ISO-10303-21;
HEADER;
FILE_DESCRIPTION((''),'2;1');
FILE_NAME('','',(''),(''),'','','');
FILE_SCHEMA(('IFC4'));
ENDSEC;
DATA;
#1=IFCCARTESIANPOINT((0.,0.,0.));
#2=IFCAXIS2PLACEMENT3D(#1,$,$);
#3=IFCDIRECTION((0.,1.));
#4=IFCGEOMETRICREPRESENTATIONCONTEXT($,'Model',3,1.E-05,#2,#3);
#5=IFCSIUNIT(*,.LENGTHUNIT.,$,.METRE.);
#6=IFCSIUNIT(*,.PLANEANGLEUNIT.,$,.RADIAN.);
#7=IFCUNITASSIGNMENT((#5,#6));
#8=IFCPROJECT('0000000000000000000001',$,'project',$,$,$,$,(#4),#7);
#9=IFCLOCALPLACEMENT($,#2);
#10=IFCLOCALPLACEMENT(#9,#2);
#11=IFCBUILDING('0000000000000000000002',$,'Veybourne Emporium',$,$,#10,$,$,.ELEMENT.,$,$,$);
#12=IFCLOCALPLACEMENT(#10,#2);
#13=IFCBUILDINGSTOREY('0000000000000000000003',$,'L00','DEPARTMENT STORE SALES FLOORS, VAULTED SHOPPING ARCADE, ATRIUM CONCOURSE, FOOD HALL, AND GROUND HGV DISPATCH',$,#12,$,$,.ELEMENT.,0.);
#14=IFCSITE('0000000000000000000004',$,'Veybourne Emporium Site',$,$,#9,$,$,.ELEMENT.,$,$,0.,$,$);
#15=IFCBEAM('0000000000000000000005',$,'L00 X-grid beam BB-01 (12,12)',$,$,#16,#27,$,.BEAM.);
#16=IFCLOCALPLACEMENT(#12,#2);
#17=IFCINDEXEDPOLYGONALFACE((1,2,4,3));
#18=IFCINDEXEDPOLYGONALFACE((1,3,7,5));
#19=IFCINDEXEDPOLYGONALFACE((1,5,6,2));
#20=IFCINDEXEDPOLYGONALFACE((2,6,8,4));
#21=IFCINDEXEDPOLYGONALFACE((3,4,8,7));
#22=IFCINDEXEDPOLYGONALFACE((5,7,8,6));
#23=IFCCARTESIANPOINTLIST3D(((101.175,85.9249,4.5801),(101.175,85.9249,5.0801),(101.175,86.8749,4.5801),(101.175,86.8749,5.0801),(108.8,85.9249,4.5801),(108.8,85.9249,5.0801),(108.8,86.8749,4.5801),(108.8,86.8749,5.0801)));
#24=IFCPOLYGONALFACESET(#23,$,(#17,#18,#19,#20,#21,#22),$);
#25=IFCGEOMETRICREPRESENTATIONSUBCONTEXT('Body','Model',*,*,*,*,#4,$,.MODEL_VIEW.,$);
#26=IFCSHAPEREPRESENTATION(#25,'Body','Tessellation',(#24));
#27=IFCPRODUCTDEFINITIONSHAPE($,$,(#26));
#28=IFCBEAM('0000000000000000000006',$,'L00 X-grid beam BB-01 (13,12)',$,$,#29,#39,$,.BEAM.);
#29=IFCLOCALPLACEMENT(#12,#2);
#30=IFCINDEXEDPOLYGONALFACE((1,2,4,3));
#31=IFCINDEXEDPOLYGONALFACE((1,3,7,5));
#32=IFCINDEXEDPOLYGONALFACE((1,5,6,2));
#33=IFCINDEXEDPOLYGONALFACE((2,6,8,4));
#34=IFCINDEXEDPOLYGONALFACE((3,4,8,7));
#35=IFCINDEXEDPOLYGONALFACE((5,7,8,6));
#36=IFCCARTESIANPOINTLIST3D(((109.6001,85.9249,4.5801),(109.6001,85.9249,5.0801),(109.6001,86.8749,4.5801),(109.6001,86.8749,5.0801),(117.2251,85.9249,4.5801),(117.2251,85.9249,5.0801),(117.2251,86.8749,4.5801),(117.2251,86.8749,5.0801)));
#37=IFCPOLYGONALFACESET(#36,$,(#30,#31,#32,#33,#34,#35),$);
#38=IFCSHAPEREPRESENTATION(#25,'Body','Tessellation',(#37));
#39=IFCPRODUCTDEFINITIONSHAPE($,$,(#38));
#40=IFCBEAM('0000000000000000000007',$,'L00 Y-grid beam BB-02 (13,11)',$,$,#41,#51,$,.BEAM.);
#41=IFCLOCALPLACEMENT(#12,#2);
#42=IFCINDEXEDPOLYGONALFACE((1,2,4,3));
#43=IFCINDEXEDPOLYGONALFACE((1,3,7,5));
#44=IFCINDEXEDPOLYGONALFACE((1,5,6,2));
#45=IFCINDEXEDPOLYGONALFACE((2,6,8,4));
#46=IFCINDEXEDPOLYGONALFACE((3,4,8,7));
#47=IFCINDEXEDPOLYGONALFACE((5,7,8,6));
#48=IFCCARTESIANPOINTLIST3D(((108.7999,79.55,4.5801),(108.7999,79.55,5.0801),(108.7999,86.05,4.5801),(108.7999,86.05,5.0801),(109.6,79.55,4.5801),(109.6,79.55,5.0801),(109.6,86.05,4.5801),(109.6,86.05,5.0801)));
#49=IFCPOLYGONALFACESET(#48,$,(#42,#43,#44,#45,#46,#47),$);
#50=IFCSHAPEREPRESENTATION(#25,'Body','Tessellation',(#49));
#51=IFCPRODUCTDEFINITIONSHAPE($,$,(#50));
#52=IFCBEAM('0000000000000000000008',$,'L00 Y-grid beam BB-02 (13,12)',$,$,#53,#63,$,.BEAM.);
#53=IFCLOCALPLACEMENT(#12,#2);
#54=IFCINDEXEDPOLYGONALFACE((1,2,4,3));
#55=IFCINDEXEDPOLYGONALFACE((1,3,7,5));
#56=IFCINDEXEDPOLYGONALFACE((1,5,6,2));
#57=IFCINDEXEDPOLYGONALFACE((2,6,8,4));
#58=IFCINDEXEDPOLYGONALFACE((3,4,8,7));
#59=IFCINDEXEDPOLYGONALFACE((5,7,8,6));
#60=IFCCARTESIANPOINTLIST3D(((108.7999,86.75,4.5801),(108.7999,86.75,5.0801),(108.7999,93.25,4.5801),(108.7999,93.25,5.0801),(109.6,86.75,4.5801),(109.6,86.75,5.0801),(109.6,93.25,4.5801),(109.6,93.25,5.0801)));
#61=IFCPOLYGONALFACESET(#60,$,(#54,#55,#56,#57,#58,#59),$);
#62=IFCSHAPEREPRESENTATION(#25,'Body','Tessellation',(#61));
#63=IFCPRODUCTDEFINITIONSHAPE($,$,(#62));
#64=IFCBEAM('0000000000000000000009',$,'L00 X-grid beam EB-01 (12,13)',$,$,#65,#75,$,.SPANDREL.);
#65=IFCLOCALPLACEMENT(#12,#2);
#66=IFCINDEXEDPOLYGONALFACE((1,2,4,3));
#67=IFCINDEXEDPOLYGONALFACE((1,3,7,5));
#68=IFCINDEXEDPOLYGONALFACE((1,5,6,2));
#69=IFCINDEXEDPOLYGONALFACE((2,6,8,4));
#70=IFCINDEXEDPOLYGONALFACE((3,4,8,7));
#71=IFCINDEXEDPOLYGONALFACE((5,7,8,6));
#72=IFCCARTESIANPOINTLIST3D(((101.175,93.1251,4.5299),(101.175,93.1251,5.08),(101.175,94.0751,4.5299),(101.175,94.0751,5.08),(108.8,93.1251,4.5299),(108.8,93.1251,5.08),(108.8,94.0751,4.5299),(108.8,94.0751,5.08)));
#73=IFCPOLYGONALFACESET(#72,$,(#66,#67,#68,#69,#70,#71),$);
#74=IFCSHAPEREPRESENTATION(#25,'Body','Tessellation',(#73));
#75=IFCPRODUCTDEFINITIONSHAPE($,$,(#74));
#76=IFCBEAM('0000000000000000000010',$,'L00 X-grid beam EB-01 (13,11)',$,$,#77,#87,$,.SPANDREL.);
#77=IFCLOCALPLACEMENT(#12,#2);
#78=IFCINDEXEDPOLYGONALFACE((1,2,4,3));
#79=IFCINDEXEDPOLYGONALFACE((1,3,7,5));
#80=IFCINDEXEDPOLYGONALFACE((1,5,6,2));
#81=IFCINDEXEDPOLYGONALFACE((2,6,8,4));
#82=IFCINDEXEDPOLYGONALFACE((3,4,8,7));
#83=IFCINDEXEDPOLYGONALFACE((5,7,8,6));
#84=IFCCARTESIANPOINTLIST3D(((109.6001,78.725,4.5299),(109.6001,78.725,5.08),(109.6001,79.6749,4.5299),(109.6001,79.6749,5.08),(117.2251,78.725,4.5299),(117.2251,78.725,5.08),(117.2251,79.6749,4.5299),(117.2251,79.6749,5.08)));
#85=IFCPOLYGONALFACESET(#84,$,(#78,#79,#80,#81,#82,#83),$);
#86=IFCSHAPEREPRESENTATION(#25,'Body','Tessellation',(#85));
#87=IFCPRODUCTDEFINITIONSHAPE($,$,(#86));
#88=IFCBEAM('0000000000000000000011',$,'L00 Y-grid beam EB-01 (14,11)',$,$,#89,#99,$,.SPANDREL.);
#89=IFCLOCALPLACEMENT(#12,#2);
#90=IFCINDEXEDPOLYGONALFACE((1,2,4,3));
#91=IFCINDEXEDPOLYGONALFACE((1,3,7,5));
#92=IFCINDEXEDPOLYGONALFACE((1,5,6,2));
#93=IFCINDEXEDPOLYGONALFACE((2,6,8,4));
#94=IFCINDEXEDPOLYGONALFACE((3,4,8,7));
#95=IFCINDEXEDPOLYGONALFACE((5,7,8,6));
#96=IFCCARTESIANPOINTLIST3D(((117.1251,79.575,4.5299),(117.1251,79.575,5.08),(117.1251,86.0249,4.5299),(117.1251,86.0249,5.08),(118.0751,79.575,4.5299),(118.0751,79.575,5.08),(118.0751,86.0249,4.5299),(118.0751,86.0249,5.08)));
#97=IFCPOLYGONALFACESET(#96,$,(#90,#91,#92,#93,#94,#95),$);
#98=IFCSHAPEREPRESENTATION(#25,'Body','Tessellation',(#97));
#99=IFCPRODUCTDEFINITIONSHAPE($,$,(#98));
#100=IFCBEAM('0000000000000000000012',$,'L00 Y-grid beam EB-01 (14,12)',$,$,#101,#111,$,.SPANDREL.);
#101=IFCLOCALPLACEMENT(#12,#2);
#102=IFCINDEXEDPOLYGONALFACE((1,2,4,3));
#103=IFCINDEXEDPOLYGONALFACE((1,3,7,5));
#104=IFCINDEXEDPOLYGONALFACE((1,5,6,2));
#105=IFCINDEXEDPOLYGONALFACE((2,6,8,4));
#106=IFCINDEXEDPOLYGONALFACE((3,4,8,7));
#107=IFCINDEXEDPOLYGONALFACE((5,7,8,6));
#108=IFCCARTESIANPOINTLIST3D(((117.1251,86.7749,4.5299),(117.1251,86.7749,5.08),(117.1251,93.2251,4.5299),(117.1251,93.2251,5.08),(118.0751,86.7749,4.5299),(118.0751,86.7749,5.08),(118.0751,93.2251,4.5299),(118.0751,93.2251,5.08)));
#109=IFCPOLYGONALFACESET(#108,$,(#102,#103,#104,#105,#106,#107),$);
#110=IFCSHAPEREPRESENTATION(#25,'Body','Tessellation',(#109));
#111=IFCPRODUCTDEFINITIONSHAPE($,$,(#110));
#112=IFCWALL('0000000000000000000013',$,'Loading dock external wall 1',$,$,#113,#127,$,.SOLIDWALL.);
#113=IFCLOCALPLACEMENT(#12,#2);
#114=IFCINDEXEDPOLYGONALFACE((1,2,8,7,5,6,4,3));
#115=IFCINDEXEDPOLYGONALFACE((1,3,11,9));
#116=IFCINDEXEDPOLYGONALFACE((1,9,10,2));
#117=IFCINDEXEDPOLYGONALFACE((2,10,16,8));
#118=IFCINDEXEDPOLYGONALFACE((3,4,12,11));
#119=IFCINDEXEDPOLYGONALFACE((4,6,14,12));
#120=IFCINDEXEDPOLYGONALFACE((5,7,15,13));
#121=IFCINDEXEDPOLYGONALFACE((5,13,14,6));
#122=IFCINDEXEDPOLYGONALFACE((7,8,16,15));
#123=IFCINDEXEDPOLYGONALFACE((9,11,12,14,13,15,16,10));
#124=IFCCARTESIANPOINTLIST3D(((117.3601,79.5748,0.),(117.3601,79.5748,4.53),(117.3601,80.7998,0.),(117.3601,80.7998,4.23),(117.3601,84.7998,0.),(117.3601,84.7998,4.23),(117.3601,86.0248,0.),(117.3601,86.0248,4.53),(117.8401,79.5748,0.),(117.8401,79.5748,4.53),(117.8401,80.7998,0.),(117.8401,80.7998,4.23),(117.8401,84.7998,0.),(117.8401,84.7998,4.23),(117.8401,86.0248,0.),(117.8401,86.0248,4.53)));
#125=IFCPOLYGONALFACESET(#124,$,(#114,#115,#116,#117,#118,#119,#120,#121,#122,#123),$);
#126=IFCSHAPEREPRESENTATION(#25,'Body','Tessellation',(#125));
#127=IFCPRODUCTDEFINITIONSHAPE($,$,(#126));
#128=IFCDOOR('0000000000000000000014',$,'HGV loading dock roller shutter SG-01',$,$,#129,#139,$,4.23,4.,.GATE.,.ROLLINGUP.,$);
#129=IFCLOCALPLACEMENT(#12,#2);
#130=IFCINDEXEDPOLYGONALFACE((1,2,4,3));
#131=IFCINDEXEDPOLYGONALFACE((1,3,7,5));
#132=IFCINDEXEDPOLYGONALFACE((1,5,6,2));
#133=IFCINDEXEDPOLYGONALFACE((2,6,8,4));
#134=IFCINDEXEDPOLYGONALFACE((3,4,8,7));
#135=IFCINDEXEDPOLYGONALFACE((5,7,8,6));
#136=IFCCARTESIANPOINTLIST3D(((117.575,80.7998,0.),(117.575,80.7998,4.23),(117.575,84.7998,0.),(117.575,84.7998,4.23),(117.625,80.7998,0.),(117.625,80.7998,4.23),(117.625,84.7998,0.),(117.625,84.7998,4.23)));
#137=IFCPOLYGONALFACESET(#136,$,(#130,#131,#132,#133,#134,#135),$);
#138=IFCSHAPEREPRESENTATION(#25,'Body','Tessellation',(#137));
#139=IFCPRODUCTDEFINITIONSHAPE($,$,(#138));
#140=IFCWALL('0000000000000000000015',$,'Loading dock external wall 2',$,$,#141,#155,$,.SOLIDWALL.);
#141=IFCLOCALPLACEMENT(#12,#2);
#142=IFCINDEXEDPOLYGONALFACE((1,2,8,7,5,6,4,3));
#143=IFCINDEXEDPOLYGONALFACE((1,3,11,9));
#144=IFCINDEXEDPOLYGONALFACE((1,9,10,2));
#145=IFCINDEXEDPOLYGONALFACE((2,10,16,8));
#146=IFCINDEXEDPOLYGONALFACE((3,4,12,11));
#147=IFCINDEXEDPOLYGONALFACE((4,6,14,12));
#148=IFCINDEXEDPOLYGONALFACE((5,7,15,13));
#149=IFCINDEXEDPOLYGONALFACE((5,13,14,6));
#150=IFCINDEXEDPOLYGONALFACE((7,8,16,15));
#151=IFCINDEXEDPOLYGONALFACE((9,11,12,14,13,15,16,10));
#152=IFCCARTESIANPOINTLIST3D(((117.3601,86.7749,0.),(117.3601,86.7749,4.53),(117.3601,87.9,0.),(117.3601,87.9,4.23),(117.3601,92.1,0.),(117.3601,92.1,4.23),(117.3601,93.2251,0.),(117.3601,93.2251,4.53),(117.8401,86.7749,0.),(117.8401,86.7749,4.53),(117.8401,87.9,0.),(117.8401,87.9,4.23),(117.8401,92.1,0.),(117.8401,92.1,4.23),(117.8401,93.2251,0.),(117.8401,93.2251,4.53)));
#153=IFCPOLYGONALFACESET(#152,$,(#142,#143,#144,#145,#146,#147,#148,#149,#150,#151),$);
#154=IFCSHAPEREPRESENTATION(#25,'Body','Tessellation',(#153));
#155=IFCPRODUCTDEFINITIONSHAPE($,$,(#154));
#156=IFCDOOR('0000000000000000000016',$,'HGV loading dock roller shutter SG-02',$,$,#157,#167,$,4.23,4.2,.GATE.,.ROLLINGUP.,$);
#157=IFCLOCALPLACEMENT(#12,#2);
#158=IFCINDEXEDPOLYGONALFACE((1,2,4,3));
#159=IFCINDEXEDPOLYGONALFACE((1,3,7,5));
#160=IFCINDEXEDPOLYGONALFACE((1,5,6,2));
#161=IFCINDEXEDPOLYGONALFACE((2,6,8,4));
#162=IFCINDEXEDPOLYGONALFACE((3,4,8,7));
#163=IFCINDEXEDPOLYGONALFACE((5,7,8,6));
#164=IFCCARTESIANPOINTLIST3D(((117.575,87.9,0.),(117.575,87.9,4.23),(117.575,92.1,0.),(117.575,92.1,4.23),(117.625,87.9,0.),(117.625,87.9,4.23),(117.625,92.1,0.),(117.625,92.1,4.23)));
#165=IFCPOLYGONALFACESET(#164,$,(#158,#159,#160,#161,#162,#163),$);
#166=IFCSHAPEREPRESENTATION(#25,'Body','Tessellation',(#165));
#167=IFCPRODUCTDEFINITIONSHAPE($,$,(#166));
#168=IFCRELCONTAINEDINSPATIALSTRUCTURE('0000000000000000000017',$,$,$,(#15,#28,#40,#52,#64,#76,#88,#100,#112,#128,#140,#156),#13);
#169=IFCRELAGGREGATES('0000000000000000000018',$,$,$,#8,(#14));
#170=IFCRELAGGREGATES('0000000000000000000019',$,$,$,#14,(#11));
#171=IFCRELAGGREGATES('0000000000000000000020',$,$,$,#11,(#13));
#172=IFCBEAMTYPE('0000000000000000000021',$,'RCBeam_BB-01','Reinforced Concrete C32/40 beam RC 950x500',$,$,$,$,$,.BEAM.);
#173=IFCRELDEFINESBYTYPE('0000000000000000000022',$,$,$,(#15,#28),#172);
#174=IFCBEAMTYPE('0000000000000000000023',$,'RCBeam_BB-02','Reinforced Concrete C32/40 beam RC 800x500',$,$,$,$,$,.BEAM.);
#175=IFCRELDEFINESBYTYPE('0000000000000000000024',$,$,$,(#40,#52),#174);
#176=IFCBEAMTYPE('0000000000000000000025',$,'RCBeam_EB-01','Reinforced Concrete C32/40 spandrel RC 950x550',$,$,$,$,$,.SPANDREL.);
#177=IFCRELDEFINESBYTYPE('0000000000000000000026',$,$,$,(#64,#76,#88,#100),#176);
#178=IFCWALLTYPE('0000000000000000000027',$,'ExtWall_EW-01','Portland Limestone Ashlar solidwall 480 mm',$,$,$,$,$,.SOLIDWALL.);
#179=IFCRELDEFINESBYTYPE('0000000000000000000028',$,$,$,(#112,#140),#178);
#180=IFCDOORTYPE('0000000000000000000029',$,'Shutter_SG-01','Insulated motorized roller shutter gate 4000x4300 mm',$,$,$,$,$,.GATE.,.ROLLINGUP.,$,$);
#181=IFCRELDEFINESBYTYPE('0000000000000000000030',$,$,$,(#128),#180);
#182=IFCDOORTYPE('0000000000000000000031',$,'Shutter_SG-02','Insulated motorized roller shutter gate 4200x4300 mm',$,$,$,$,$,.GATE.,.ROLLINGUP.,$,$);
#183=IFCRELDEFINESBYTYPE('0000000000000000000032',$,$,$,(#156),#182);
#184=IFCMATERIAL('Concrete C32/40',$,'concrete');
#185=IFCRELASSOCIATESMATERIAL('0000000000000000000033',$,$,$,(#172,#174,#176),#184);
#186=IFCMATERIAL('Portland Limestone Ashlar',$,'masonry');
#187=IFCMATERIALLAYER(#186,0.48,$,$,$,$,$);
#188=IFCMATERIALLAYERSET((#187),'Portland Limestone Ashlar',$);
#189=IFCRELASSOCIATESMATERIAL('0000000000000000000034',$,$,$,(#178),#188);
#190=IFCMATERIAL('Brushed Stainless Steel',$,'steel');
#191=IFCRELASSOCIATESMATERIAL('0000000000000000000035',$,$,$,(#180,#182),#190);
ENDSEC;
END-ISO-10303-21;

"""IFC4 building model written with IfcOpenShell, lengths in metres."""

from ifc_helpers import new_model, si_unit, direction, frame, frame_2d, origin, origin_2d, place, context, subcontext, project, spatial, rectangle, extrude, material, layer, layer_set, material_profile, profile_set, type_object, element, fill, save


model = new_model("IFC4")

# Units and contexts
model_context = context("Model", 3, precision=1e-05, world=origin(), true_north=direction((0.0, 1.0)))
body_context = subcontext(model_context, "Body", "Model", "MODEL_VIEW")
ifc_project = project(units=[si_unit("LENGTHUNIT", "METRE"), si_unit("PLANEANGLEUNIT", "RADIAN")], contexts=[model_context])

# Site, building, storey
site_placement = place(None, origin())
site = spatial("IfcSite", under=ifc_project, at=site_placement, Name="Veybourne Emporium Site", CompositionType="ELEMENT", RefElevation=0.0)
building_placement = place(site_placement, origin())
building = spatial("IfcBuilding", under=site, at=building_placement, Name="Veybourne Emporium", CompositionType="ELEMENT")
storey_placement = place(building_placement, origin())
storey = spatial("IfcBuildingStorey", under=building, at=storey_placement, Name="L00", Description="DEPARTMENT STORE SALES FLOORS, VAULTED SHOPPING ARCADE, ATRIUM CONCOURSE, FOOD HALL, AND GROUND HGV DISPATCH", CompositionType="ELEMENT", Elevation=0.0)

# Beams
ifc_material_1 = material(Name="Concrete C32/40", Category="concrete")
ifc_material_profile_1 = material_profile(ifc_material_1, rectangle(XDim=0.95, YDim=0.5, at=origin_2d()), Name="RC 950x500")
ifc_profile_set_1 = profile_set([ifc_material_profile_1], Name="Concrete C32/40")
beam_type_1 = type_object("IfcBeamType", Name="RCBeam_BB-01", Description="Reinforced Concrete C32/40 beam RC 950x500", PredefinedType="BEAM", material=ifc_profile_set_1)
for number, where, z_axis, x_axis, name in (
    (1, (101.175, 86.3999, 4.8301), (1.0, 0.0, 0.0), (0.0, 1.0, 0.0), "L00 X-grid beam BB-01 (12,12)"),
    (2, (109.6001, 86.3999, 4.8301), (1.0, 0.0, 0.0), (0.0, 1.0, 0.0), "L00 X-grid beam BB-01 (13,12)"),
):
    element("IfcBeam", number, at=place(storey_placement, frame(where, z_axis=z_axis, x_axis=x_axis)), inside=storey, type_object=beam_type_1, Name=name, PredefinedType="BEAM", context=body_context, shape_type="SweptSolid", body=[
        extrude(rectangle(XDim=0.95, YDim=0.5, at=origin_2d()), origin(), (0.0, 0.0, 1.0), 7.625),
    ])
ifc_material_profile_2 = material_profile(ifc_material_1, rectangle(XDim=0.8, YDim=0.5, at=origin_2d()), Name="RC 800x500")
ifc_profile_set_2 = profile_set([ifc_material_profile_2], Name="Concrete C32/40")
beam_type_2 = type_object("IfcBeamType", Name="RCBeam_BB-02", Description="Reinforced Concrete C32/40 beam RC 800x500", PredefinedType="BEAM", material=ifc_profile_set_2)
for number, where, z_axis, x_axis, name in (
    (3, (109.2, 79.55, 4.8301), (0.0, 1.0, 0.0), (-1.0, 0.0, 0.0), "L00 Y-grid beam BB-02 (13,11)"),
    (4, (109.2, 86.75, 4.8301), (0.0, 1.0, 0.0), (-1.0, 0.0, 0.0), "L00 Y-grid beam BB-02 (13,12)"),
):
    element("IfcBeam", number, at=place(storey_placement, frame(where, z_axis=z_axis, x_axis=x_axis)), inside=storey, type_object=beam_type_2, Name=name, PredefinedType="BEAM", context=body_context, shape_type="SweptSolid", body=[
        extrude(rectangle(XDim=0.8, YDim=0.5, at=origin_2d()), origin(), (0.0, 0.0, 1.0), 6.5),
    ])
ifc_material_profile_3 = material_profile(ifc_material_1, rectangle(XDim=0.95, YDim=0.55, at=origin_2d()), Name="RC 950x550")
ifc_profile_set_3 = profile_set([ifc_material_profile_3], Name="Concrete C32/40")
beam_type_3 = type_object("IfcBeamType", Name="RCBeam_EB-01", Description="Reinforced Concrete C32/40 spandrel RC 950x550", PredefinedType="SPANDREL", material=ifc_profile_set_3)
for number, where, z_axis, x_axis, name in (
    (5, (101.175, 93.6001, 4.8049), (1.0, 0.0, 0.0), (0.0, 1.0, 0.0), "L00 X-grid beam EB-01 (12,13)"),
    (6, (109.6001, 79.2, 4.8049), (1.0, 0.0, 0.0), (0.0, 1.0, 0.0), "L00 X-grid beam EB-01 (13,11)"),
):
    element("IfcBeam", number, at=place(storey_placement, frame(where, z_axis=z_axis, x_axis=x_axis)), inside=storey, type_object=beam_type_3, Name=name, PredefinedType="SPANDREL", context=body_context, shape_type="SweptSolid", body=[
        extrude(rectangle(XDim=0.95, YDim=0.55, at=origin_2d()), origin(), (0.0, 0.0, 1.0), 7.625),
    ])
beam_1_placement = place(storey_placement, frame((117.6001, 79.575, 4.8049), z_axis=(0.0, 1.0, 0.0), x_axis=(-1.0, 0.0, 0.0)))
element("IfcBeam", 7, at=beam_1_placement, inside=storey, type_object=beam_type_3, Name="L00 Y-grid beam EB-01 (14,11)", PredefinedType="SPANDREL", context=body_context, shape_type="SweptSolid", body=[
    extrude(rectangle(XDim=0.95, YDim=0.55, at=origin_2d()), origin(), (0.0, 0.0, 1.0), 6.45),
])
beam_2_placement = place(storey_placement, frame((117.6001, 86.7749, 4.8049), z_axis=(0.0, 1.0, 0.0), x_axis=(-1.0, 0.0, 0.0)))
element("IfcBeam", 8, at=beam_2_placement, inside=storey, type_object=beam_type_3, Name="L00 Y-grid beam EB-01 (14,12)", PredefinedType="SPANDREL", context=body_context, shape_type="SweptSolid", body=[
    extrude(rectangle(XDim=0.95, YDim=0.55, at=origin_2d()), origin(), (0.0, 0.0, 1.0), 6.4502),
])

# Walls, openings, doors
ifc_material_2 = material(Name="Portland Limestone Ashlar", Category="masonry")
ifc_layer_1 = layer(ifc_material_2, 0.48)
ifc_layer_set_1 = layer_set([ifc_layer_1], Name="Portland Limestone Ashlar")
wall_type_1 = type_object("IfcWallType", Name="ExtWall_EW-01", Description="Portland Limestone Ashlar solidwall 480 mm", PredefinedType="SOLIDWALL", material=ifc_layer_set_1)
wall_1_placement = place(storey_placement, frame((117.6001, 86.0249, 0.0), z_axis=(0.0, 0.0, 1.0), x_axis=(0.0, -1.0, 0.0)))
wall_1 = element("IfcWall", 9, at=wall_1_placement, inside=storey, type_object=wall_type_1, Name="Loading dock external wall 1", PredefinedType="SOLIDWALL", context=body_context, shape_type="SweptSolid", body=[
    extrude(rectangle(XDim=6.45, YDim=0.48, at=frame_2d((3.2251, 0.0))), origin(), (0.0, 0.0, 1.0), 4.53),
])
opening_1_placement = place(wall_1_placement, frame((1.2251, 0.0, 0.0)))
opening_1 = element("IfcOpeningElement", 10, at=opening_1_placement, cuts=wall_1, PredefinedType="OPENING", context=body_context, shape_type="SweptSolid", body=[
    extrude(rectangle(XDim=4.0, YDim=4.23, at=frame_2d((2.0, 2.115))), frame((0.0, 0.26, 0.0), z_axis=(0.0, -1.0, 0.0), x_axis=(1.0, 0.0, 0.0)), (0.0, 0.0, 1.0), 0.52),
])
ifc_material_3 = material(Name="Brushed Stainless Steel", Category="steel")
door_type_1 = type_object("IfcDoorType", Name="Shutter_SG-01", Description="Insulated motorized roller shutter gate 4000x4300 mm", OperationType="ROLLINGUP", PredefinedType="GATE", material=ifc_material_3)
door_1_placement = place(opening_1_placement, origin())
door_1 = element("IfcDoor", 11, at=door_1_placement, inside=storey, type_object=door_type_1, Name="HGV loading dock roller shutter SG-01", OperationType="ROLLINGUP", OverallHeight=4.23, OverallWidth=4.0, PredefinedType="GATE", context=body_context, shape_type="SweptSolid", body=[
    extrude(rectangle(XDim=4.0, YDim=4.23, at=frame_2d((2.0, 2.115))), frame((0.0, 0.0249, 0.0), z_axis=(0.0, -1.0, 0.0), x_axis=(1.0, 0.0, 0.0)), (0.0, 0.0, 1.0), 0.05),
])
fill(opening_1, door_1)
wall_2_placement = place(storey_placement, frame((117.6001, 93.2251, 0.0), z_axis=(0.0, 0.0, 1.0), x_axis=(0.0, -1.0, 0.0)))
wall_2 = element("IfcWall", 12, at=wall_2_placement, inside=storey, type_object=wall_type_1, Name="Loading dock external wall 2", PredefinedType="SOLIDWALL", context=body_context, shape_type="SweptSolid", body=[
    extrude(rectangle(XDim=6.4502, YDim=0.48, at=frame_2d((3.2251, 0.0))), origin(), (0.0, 0.0, 1.0), 4.53),
])
opening_2_placement = place(wall_2_placement, frame((1.125, 0.0, 0.0)))
opening_2 = element("IfcOpeningElement", 13, at=opening_2_placement, cuts=wall_2, PredefinedType="OPENING", context=body_context, shape_type="SweptSolid", body=[
    extrude(rectangle(XDim=4.2, YDim=4.23, at=frame_2d((2.1001, 2.115))), frame((0.0, 0.26, 0.0), z_axis=(0.0, -1.0, 0.0), x_axis=(1.0, 0.0, 0.0)), (0.0, 0.0, 1.0), 0.52),
])
door_type_2 = type_object("IfcDoorType", Name="Shutter_SG-02", Description="Insulated motorized roller shutter gate 4200x4300 mm", OperationType="ROLLINGUP", PredefinedType="GATE", material=ifc_material_3)
door_2_placement = place(opening_2_placement, origin())
door_2 = element("IfcDoor", 14, at=door_2_placement, inside=storey, type_object=door_type_2, Name="HGV loading dock roller shutter SG-02", OperationType="ROLLINGUP", OverallHeight=4.23, OverallWidth=4.2, PredefinedType="GATE", context=body_context, shape_type="SweptSolid", body=[
    extrude(rectangle(XDim=4.2, YDim=4.23, at=frame_2d((2.1001, 2.115))), frame((0.0, 0.0249, 0.0), z_axis=(0.0, -1.0, 0.0), x_axis=(1.0, 0.0, 0.0)), (0.0, 0.0, 1.0), 0.05),
])
fill(opening_2, door_2)

save(model, "model.ifc")
